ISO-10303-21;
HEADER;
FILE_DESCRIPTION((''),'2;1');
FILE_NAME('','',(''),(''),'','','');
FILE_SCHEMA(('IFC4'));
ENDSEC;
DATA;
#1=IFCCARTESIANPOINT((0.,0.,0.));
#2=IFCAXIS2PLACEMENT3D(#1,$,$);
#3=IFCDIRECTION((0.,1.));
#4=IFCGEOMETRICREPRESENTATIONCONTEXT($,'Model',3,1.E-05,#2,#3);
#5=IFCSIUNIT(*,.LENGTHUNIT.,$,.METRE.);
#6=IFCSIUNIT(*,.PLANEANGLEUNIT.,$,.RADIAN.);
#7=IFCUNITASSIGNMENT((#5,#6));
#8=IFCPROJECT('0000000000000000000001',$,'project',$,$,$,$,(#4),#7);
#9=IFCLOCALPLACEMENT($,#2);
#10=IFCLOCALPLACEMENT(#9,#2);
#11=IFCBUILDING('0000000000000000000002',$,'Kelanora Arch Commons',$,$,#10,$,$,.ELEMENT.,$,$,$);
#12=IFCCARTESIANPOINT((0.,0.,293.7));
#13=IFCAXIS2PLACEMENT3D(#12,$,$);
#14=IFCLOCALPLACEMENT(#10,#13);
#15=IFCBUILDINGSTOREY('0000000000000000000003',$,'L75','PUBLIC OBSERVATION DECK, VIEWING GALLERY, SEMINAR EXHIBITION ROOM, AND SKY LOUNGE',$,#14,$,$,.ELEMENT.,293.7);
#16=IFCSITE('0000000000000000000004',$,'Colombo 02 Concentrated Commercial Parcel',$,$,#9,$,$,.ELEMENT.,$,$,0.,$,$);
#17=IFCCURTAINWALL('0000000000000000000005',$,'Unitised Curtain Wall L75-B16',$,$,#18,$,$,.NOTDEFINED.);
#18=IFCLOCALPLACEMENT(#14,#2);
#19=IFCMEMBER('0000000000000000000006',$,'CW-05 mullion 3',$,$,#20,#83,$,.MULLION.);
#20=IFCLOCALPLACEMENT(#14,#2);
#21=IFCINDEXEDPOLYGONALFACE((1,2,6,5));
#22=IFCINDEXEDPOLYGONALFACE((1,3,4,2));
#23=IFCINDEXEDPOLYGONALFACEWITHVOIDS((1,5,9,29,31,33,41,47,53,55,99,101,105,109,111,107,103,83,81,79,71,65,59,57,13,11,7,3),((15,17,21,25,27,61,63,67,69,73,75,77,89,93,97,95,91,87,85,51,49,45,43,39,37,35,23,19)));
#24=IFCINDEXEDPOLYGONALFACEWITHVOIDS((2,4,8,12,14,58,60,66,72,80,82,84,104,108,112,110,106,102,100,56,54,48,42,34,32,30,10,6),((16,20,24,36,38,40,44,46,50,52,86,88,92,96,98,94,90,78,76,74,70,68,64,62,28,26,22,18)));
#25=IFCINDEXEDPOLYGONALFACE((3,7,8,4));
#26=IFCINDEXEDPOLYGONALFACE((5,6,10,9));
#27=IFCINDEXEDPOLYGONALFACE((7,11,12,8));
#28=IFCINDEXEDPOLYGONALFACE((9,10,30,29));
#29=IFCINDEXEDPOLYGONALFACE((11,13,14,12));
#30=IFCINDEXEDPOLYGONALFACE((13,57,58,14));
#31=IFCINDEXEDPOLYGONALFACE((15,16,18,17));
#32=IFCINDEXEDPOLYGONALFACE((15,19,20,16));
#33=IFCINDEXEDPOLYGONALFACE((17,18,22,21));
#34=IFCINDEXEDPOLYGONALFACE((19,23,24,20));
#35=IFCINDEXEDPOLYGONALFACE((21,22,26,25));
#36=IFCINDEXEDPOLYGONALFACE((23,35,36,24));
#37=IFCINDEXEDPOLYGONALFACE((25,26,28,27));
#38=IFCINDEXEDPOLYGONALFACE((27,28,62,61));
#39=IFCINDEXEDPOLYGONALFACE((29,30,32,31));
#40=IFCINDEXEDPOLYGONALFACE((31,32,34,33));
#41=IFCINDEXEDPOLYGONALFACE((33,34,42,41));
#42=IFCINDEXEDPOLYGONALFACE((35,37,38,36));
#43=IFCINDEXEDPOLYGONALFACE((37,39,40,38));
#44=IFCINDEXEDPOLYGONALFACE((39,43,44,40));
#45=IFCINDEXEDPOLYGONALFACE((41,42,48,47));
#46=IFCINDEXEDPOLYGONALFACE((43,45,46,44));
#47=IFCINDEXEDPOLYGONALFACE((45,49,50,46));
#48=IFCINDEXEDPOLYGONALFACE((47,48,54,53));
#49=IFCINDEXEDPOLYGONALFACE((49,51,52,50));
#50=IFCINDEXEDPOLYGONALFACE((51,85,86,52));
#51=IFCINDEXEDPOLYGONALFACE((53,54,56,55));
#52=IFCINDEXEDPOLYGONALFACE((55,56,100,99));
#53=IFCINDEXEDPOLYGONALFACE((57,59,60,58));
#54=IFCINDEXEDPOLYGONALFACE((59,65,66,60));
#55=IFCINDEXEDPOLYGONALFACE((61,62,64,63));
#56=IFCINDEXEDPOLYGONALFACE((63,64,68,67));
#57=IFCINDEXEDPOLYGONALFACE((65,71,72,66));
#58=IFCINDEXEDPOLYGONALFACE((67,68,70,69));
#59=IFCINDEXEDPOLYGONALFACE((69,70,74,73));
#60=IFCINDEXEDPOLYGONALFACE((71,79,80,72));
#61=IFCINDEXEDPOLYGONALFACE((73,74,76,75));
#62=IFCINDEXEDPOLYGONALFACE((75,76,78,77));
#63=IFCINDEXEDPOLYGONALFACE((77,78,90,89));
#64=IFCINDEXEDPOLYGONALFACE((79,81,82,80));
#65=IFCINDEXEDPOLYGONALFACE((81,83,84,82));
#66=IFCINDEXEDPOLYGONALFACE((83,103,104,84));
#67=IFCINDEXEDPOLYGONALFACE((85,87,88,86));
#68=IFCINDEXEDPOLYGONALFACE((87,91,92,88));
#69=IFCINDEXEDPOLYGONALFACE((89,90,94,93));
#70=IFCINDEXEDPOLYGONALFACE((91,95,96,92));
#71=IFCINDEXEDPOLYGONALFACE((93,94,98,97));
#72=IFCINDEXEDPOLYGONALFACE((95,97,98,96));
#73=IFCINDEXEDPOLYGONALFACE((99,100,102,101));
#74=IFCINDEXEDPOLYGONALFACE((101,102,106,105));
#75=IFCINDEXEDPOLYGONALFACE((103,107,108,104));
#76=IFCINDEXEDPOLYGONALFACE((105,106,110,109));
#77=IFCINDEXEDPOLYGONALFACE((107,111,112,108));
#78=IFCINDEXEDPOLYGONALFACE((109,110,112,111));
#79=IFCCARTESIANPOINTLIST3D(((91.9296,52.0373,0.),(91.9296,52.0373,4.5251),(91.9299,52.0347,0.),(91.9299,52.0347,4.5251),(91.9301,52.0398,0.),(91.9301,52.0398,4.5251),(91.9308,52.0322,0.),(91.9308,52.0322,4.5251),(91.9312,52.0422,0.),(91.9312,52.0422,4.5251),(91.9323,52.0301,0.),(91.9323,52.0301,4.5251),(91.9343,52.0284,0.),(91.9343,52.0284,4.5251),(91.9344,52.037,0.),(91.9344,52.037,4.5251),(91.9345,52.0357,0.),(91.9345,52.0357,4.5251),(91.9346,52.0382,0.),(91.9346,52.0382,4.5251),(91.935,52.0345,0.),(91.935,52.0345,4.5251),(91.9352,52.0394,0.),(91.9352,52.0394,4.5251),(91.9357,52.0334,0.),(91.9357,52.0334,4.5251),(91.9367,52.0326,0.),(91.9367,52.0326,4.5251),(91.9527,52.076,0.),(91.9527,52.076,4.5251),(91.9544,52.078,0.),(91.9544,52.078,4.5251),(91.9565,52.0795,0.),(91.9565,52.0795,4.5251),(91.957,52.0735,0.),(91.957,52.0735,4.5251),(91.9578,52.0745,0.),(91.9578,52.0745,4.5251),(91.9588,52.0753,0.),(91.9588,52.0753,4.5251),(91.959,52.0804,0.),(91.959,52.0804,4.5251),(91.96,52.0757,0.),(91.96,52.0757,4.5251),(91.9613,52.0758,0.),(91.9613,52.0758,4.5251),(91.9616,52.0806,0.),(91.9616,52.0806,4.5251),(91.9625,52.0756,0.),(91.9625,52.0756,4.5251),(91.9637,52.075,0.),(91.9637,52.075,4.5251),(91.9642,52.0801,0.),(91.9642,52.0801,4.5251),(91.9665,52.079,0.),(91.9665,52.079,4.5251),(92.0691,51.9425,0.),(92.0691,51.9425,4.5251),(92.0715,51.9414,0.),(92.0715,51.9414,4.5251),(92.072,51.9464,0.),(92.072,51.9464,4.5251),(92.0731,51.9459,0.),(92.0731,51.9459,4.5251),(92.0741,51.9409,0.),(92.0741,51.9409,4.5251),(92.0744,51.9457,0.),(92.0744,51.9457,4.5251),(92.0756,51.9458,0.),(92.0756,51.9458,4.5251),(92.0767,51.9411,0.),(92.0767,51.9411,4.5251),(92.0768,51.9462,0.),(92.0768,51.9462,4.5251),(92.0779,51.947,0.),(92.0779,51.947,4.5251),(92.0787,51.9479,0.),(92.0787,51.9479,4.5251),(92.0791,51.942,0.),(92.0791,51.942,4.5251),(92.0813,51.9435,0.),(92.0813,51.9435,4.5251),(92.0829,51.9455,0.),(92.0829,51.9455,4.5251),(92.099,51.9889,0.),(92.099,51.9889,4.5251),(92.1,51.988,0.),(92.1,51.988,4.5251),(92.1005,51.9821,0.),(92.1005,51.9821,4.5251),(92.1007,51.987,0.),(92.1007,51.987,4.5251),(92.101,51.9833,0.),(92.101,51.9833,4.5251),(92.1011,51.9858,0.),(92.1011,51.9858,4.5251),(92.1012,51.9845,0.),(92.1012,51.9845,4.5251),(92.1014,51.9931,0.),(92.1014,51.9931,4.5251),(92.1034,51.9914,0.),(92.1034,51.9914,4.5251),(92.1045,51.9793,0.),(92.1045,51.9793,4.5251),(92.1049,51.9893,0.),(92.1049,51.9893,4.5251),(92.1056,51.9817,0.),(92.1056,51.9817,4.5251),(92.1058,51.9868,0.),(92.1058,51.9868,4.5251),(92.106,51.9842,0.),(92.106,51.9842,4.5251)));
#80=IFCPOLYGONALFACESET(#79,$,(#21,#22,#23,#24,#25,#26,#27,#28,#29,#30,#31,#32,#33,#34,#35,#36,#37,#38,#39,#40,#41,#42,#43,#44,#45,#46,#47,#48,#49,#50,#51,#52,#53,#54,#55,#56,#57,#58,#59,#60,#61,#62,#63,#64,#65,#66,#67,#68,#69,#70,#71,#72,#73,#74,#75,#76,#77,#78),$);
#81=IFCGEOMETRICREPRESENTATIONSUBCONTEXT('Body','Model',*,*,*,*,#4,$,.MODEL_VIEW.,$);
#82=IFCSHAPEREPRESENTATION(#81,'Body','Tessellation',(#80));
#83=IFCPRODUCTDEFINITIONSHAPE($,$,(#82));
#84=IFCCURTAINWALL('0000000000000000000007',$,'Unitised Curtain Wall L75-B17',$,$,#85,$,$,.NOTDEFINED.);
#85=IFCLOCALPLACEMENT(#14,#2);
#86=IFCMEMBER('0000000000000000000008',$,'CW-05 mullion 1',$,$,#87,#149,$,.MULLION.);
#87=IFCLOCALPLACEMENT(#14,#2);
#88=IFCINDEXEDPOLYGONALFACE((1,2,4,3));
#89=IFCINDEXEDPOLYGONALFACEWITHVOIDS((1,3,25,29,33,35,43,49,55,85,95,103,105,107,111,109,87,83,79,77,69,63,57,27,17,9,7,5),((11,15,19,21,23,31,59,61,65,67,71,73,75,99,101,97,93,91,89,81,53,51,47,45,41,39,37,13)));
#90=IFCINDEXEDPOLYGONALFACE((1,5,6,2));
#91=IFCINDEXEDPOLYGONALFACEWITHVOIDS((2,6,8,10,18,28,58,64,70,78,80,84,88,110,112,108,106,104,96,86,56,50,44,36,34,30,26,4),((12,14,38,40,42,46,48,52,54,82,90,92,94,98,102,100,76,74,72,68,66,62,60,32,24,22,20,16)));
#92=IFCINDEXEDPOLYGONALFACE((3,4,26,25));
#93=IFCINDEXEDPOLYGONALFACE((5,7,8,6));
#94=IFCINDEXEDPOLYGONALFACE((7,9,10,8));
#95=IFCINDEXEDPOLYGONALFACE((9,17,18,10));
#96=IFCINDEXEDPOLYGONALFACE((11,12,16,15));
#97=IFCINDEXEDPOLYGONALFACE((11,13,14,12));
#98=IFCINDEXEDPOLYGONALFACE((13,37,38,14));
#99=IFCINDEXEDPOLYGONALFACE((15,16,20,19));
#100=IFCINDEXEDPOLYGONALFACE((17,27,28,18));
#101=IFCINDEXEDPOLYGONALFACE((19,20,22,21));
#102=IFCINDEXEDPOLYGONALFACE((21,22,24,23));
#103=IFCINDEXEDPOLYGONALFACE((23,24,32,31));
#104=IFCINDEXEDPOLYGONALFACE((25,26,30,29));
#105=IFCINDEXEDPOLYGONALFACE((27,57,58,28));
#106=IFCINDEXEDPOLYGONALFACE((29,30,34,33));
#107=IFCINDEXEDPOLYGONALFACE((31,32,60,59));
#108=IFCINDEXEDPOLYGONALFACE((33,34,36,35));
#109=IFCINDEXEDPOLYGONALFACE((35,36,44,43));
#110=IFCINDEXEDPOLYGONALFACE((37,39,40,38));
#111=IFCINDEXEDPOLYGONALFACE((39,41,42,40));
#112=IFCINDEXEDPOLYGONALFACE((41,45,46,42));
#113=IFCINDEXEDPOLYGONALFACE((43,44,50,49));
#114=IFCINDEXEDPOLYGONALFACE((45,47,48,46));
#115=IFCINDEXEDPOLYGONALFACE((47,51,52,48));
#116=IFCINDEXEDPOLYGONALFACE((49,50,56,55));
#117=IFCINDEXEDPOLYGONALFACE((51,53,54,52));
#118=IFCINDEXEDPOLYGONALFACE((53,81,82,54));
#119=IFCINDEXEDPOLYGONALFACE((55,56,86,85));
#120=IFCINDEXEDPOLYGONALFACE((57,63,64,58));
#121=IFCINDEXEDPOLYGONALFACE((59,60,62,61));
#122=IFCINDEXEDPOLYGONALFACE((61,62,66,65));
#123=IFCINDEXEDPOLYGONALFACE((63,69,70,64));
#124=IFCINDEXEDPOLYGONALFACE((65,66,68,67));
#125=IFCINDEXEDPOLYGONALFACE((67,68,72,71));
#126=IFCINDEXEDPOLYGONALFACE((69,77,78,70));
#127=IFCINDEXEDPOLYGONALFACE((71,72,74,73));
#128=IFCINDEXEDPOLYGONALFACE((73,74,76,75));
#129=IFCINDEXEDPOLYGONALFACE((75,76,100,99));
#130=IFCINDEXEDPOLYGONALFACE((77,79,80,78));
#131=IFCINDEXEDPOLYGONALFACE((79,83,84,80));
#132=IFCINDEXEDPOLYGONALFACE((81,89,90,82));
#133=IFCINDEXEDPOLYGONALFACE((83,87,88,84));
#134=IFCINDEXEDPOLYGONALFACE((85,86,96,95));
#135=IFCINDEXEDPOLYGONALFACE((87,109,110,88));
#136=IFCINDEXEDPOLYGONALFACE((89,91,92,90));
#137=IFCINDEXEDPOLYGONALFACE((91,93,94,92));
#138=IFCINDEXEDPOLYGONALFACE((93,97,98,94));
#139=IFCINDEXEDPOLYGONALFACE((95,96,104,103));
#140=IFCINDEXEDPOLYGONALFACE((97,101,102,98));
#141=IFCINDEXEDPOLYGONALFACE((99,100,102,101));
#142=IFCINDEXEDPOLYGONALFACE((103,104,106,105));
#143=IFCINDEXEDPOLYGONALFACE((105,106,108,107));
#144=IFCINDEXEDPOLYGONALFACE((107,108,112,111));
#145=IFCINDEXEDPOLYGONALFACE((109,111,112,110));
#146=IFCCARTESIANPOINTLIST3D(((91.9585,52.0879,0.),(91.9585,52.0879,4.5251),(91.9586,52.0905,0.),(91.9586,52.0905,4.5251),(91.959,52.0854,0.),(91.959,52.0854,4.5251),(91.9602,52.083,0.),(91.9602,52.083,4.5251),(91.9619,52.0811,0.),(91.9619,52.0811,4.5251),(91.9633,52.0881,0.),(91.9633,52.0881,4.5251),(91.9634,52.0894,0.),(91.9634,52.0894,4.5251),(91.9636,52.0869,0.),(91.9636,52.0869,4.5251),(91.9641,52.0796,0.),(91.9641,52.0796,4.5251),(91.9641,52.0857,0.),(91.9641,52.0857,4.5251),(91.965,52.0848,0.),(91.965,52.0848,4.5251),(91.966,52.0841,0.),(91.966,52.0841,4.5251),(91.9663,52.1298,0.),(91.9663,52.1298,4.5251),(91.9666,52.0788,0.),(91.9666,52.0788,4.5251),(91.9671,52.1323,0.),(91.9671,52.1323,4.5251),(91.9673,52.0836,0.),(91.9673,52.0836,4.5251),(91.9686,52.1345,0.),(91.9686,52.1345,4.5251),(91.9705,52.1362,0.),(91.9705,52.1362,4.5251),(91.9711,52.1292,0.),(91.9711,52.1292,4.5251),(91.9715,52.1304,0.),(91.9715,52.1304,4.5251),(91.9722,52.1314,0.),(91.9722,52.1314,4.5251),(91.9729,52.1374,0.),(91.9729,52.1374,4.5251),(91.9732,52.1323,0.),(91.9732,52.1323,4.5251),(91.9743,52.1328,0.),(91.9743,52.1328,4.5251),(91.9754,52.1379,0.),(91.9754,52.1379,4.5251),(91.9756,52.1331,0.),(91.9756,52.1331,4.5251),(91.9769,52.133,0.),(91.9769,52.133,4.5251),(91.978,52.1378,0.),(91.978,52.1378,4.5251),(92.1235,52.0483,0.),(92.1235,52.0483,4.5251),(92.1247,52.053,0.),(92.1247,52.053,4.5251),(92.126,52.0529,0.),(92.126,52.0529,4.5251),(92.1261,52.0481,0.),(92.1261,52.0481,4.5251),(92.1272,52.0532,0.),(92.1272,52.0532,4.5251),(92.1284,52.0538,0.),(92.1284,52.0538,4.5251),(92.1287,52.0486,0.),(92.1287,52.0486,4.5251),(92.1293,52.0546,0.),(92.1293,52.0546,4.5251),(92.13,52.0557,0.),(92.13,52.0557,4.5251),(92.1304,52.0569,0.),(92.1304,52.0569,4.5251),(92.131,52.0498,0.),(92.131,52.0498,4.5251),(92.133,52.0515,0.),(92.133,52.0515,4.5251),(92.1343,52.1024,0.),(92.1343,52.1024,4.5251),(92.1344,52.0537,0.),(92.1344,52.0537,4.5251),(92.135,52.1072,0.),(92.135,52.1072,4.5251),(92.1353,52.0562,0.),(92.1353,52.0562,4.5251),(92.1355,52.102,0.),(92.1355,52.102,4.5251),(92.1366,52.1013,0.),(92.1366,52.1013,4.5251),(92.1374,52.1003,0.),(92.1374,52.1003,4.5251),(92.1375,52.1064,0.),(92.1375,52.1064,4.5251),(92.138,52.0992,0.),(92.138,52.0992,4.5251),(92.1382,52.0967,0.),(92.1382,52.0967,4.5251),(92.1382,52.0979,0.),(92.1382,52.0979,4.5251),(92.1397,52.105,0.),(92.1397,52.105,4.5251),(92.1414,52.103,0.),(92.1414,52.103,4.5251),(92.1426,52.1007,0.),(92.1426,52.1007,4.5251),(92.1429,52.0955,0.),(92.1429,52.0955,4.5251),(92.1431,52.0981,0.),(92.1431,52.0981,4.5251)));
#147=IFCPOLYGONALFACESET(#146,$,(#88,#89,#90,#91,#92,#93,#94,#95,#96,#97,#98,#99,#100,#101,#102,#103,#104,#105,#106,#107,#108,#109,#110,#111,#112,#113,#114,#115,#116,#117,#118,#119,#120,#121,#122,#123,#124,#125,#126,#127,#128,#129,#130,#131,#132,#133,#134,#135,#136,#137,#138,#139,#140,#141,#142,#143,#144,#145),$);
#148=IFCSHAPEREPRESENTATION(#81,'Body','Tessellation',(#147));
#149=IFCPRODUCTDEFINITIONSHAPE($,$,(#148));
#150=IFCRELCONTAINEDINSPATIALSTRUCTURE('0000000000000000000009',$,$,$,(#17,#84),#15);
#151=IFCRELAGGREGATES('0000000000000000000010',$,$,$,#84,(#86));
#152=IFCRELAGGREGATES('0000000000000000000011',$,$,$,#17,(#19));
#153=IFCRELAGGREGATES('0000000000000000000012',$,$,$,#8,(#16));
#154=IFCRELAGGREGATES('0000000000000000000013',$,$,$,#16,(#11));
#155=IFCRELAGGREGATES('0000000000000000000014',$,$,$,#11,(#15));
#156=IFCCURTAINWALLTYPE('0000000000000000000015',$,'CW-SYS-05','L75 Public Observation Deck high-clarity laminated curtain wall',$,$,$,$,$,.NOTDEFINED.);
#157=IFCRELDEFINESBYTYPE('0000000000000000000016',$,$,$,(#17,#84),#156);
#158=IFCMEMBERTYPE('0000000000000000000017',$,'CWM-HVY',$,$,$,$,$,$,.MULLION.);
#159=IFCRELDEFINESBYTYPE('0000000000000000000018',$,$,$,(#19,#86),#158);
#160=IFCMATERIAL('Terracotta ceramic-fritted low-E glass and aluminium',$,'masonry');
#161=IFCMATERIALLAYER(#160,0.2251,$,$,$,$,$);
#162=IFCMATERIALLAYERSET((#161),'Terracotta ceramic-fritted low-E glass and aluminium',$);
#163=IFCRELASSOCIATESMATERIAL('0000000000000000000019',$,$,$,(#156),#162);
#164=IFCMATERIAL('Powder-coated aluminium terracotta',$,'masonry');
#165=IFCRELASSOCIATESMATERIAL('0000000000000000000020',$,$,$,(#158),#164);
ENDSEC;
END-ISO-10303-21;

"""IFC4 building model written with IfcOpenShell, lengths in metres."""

from ifc_helpers import new_model, si_unit, direction, frame, origin, origin_2d, place, context, subcontext, project, spatial, hollow_rectangle, extrude, material, layer, layer_set, material_profile, profile_set, type_object, element, aggregate, save


model = new_model("IFC4")

# Units and contexts
model_context = context("Model", 3, precision=1e-05, world=origin(), true_north=direction((0.0, 1.0)))
body_context = subcontext(model_context, "Body", "Model", "MODEL_VIEW")
ifc_project = project(units=[si_unit("LENGTHUNIT", "METRE"), si_unit("PLANEANGLEUNIT", "RADIAN")], contexts=[model_context])

# Site, building, storey
site_placement = place(None, origin())
site = spatial("IfcSite", under=ifc_project, at=site_placement, Name="Colombo 02 Concentrated Commercial Parcel", CompositionType="ELEMENT", RefElevation=0.0)
building_placement = place(site_placement, origin())
building = spatial("IfcBuilding", under=site, at=building_placement, Name="Kelanora Arch Commons", CompositionType="ELEMENT")
storey_placement = place(building_placement, frame((0.0, 0.0, 293.7)))
storey = spatial("IfcBuildingStorey", under=building, at=storey_placement, Name="L75", Description="PUBLIC OBSERVATION DECK, VIEWING GALLERY, SEMINAR EXHIBITION ROOM, AND SKY LOUNGE", CompositionType="ELEMENT", Elevation=293.7)

# Curtain wall, member
ifc_material_1 = material(Name="Terracotta ceramic-fritted low-E glass and aluminium", Category="masonry")
ifc_layer_1 = layer(ifc_material_1, 0.2251)
ifc_layer_set_1 = layer_set([ifc_layer_1], Name="Terracotta ceramic-fritted low-E glass and aluminium")
curtain_wall_type = type_object("IfcCurtainWallType", Name="CW-SYS-05", Description="L75 Public Observation Deck high-clarity laminated curtain wall", PredefinedType="NOTDEFINED", material=ifc_layer_set_1)
curtain_wall_1_placement = place(storey_placement, origin())
curtain_wall_1 = element("IfcCurtainWall", 1, at=curtain_wall_1_placement, inside=storey, type_object=curtain_wall_type, Name="Unitised Curtain Wall L75-B16", PredefinedType="NOTDEFINED")
ifc_material_2 = material(Name="Powder-coated aluminium terracotta", Category="masonry")
ifc_material_profile_1 = material_profile(ifc_material_2, hollow_rectangle(XDim=0.1799, YDim=0.0601, WallThickness=0.0049, InnerFilletRadius=0.0049, OuterFilletRadius=0.01, at=origin_2d()), Name="CWM180x60")
ifc_profile_set_1 = profile_set([ifc_material_profile_1], Name="Powder-coated aluminium terracotta")
member_type_1 = type_object("IfcMemberType", Name="CWM-HVY", PredefinedType="MULLION", material=ifc_profile_set_1)
member_1_placement = place(storey_placement, frame((92.0178, 52.0107, 0.0), z_axis=(0.0, 0.0, 1.0), x_axis=(-0.843391, 0.5373, 0.0)))
member_1 = element("IfcMember", 2, at=member_1_placement, type_object=member_type_1, Name="CW-05 mullion 3", PredefinedType="MULLION", context=body_context, shape_type="SweptSolid", body=[
    extrude(hollow_rectangle(XDim=0.1799, YDim=0.0601, WallThickness=0.0049, InnerFilletRadius=0.0049, OuterFilletRadius=0.01, at=origin_2d()), origin(), (0.0, 0.0, 1.0), 4.5251),
])

# Curtain wall, member
curtain_wall_2_placement = place(storey_placement, origin())
curtain_wall_2 = element("IfcCurtainWall", 3, at=curtain_wall_2_placement, inside=storey, type_object=curtain_wall_type, Name="Unitised Curtain Wall L75-B17", PredefinedType="NOTDEFINED")
member_2_placement = place(storey_placement, frame((92.0508, 52.093, 0.0), z_axis=(0.0, 0.0, 1.0), x_axis=(-0.981596, 0.190972, 0.0)))
member_2 = element("IfcMember", 4, at=member_2_placement, type_object=member_type_1, Name="CW-05 mullion 1", PredefinedType="MULLION", context=body_context, shape_type="SweptSolid", body=[
    extrude(hollow_rectangle(XDim=0.1799, YDim=0.0601, WallThickness=0.0049, InnerFilletRadius=0.0049, OuterFilletRadius=0.01, at=origin_2d()), origin(), (0.0, 0.0, 1.0), 4.5251),
])
aggregate(curtain_wall_2, [member_2])

aggregate(curtain_wall_1, [member_1])

save(model, "model.ifc")
